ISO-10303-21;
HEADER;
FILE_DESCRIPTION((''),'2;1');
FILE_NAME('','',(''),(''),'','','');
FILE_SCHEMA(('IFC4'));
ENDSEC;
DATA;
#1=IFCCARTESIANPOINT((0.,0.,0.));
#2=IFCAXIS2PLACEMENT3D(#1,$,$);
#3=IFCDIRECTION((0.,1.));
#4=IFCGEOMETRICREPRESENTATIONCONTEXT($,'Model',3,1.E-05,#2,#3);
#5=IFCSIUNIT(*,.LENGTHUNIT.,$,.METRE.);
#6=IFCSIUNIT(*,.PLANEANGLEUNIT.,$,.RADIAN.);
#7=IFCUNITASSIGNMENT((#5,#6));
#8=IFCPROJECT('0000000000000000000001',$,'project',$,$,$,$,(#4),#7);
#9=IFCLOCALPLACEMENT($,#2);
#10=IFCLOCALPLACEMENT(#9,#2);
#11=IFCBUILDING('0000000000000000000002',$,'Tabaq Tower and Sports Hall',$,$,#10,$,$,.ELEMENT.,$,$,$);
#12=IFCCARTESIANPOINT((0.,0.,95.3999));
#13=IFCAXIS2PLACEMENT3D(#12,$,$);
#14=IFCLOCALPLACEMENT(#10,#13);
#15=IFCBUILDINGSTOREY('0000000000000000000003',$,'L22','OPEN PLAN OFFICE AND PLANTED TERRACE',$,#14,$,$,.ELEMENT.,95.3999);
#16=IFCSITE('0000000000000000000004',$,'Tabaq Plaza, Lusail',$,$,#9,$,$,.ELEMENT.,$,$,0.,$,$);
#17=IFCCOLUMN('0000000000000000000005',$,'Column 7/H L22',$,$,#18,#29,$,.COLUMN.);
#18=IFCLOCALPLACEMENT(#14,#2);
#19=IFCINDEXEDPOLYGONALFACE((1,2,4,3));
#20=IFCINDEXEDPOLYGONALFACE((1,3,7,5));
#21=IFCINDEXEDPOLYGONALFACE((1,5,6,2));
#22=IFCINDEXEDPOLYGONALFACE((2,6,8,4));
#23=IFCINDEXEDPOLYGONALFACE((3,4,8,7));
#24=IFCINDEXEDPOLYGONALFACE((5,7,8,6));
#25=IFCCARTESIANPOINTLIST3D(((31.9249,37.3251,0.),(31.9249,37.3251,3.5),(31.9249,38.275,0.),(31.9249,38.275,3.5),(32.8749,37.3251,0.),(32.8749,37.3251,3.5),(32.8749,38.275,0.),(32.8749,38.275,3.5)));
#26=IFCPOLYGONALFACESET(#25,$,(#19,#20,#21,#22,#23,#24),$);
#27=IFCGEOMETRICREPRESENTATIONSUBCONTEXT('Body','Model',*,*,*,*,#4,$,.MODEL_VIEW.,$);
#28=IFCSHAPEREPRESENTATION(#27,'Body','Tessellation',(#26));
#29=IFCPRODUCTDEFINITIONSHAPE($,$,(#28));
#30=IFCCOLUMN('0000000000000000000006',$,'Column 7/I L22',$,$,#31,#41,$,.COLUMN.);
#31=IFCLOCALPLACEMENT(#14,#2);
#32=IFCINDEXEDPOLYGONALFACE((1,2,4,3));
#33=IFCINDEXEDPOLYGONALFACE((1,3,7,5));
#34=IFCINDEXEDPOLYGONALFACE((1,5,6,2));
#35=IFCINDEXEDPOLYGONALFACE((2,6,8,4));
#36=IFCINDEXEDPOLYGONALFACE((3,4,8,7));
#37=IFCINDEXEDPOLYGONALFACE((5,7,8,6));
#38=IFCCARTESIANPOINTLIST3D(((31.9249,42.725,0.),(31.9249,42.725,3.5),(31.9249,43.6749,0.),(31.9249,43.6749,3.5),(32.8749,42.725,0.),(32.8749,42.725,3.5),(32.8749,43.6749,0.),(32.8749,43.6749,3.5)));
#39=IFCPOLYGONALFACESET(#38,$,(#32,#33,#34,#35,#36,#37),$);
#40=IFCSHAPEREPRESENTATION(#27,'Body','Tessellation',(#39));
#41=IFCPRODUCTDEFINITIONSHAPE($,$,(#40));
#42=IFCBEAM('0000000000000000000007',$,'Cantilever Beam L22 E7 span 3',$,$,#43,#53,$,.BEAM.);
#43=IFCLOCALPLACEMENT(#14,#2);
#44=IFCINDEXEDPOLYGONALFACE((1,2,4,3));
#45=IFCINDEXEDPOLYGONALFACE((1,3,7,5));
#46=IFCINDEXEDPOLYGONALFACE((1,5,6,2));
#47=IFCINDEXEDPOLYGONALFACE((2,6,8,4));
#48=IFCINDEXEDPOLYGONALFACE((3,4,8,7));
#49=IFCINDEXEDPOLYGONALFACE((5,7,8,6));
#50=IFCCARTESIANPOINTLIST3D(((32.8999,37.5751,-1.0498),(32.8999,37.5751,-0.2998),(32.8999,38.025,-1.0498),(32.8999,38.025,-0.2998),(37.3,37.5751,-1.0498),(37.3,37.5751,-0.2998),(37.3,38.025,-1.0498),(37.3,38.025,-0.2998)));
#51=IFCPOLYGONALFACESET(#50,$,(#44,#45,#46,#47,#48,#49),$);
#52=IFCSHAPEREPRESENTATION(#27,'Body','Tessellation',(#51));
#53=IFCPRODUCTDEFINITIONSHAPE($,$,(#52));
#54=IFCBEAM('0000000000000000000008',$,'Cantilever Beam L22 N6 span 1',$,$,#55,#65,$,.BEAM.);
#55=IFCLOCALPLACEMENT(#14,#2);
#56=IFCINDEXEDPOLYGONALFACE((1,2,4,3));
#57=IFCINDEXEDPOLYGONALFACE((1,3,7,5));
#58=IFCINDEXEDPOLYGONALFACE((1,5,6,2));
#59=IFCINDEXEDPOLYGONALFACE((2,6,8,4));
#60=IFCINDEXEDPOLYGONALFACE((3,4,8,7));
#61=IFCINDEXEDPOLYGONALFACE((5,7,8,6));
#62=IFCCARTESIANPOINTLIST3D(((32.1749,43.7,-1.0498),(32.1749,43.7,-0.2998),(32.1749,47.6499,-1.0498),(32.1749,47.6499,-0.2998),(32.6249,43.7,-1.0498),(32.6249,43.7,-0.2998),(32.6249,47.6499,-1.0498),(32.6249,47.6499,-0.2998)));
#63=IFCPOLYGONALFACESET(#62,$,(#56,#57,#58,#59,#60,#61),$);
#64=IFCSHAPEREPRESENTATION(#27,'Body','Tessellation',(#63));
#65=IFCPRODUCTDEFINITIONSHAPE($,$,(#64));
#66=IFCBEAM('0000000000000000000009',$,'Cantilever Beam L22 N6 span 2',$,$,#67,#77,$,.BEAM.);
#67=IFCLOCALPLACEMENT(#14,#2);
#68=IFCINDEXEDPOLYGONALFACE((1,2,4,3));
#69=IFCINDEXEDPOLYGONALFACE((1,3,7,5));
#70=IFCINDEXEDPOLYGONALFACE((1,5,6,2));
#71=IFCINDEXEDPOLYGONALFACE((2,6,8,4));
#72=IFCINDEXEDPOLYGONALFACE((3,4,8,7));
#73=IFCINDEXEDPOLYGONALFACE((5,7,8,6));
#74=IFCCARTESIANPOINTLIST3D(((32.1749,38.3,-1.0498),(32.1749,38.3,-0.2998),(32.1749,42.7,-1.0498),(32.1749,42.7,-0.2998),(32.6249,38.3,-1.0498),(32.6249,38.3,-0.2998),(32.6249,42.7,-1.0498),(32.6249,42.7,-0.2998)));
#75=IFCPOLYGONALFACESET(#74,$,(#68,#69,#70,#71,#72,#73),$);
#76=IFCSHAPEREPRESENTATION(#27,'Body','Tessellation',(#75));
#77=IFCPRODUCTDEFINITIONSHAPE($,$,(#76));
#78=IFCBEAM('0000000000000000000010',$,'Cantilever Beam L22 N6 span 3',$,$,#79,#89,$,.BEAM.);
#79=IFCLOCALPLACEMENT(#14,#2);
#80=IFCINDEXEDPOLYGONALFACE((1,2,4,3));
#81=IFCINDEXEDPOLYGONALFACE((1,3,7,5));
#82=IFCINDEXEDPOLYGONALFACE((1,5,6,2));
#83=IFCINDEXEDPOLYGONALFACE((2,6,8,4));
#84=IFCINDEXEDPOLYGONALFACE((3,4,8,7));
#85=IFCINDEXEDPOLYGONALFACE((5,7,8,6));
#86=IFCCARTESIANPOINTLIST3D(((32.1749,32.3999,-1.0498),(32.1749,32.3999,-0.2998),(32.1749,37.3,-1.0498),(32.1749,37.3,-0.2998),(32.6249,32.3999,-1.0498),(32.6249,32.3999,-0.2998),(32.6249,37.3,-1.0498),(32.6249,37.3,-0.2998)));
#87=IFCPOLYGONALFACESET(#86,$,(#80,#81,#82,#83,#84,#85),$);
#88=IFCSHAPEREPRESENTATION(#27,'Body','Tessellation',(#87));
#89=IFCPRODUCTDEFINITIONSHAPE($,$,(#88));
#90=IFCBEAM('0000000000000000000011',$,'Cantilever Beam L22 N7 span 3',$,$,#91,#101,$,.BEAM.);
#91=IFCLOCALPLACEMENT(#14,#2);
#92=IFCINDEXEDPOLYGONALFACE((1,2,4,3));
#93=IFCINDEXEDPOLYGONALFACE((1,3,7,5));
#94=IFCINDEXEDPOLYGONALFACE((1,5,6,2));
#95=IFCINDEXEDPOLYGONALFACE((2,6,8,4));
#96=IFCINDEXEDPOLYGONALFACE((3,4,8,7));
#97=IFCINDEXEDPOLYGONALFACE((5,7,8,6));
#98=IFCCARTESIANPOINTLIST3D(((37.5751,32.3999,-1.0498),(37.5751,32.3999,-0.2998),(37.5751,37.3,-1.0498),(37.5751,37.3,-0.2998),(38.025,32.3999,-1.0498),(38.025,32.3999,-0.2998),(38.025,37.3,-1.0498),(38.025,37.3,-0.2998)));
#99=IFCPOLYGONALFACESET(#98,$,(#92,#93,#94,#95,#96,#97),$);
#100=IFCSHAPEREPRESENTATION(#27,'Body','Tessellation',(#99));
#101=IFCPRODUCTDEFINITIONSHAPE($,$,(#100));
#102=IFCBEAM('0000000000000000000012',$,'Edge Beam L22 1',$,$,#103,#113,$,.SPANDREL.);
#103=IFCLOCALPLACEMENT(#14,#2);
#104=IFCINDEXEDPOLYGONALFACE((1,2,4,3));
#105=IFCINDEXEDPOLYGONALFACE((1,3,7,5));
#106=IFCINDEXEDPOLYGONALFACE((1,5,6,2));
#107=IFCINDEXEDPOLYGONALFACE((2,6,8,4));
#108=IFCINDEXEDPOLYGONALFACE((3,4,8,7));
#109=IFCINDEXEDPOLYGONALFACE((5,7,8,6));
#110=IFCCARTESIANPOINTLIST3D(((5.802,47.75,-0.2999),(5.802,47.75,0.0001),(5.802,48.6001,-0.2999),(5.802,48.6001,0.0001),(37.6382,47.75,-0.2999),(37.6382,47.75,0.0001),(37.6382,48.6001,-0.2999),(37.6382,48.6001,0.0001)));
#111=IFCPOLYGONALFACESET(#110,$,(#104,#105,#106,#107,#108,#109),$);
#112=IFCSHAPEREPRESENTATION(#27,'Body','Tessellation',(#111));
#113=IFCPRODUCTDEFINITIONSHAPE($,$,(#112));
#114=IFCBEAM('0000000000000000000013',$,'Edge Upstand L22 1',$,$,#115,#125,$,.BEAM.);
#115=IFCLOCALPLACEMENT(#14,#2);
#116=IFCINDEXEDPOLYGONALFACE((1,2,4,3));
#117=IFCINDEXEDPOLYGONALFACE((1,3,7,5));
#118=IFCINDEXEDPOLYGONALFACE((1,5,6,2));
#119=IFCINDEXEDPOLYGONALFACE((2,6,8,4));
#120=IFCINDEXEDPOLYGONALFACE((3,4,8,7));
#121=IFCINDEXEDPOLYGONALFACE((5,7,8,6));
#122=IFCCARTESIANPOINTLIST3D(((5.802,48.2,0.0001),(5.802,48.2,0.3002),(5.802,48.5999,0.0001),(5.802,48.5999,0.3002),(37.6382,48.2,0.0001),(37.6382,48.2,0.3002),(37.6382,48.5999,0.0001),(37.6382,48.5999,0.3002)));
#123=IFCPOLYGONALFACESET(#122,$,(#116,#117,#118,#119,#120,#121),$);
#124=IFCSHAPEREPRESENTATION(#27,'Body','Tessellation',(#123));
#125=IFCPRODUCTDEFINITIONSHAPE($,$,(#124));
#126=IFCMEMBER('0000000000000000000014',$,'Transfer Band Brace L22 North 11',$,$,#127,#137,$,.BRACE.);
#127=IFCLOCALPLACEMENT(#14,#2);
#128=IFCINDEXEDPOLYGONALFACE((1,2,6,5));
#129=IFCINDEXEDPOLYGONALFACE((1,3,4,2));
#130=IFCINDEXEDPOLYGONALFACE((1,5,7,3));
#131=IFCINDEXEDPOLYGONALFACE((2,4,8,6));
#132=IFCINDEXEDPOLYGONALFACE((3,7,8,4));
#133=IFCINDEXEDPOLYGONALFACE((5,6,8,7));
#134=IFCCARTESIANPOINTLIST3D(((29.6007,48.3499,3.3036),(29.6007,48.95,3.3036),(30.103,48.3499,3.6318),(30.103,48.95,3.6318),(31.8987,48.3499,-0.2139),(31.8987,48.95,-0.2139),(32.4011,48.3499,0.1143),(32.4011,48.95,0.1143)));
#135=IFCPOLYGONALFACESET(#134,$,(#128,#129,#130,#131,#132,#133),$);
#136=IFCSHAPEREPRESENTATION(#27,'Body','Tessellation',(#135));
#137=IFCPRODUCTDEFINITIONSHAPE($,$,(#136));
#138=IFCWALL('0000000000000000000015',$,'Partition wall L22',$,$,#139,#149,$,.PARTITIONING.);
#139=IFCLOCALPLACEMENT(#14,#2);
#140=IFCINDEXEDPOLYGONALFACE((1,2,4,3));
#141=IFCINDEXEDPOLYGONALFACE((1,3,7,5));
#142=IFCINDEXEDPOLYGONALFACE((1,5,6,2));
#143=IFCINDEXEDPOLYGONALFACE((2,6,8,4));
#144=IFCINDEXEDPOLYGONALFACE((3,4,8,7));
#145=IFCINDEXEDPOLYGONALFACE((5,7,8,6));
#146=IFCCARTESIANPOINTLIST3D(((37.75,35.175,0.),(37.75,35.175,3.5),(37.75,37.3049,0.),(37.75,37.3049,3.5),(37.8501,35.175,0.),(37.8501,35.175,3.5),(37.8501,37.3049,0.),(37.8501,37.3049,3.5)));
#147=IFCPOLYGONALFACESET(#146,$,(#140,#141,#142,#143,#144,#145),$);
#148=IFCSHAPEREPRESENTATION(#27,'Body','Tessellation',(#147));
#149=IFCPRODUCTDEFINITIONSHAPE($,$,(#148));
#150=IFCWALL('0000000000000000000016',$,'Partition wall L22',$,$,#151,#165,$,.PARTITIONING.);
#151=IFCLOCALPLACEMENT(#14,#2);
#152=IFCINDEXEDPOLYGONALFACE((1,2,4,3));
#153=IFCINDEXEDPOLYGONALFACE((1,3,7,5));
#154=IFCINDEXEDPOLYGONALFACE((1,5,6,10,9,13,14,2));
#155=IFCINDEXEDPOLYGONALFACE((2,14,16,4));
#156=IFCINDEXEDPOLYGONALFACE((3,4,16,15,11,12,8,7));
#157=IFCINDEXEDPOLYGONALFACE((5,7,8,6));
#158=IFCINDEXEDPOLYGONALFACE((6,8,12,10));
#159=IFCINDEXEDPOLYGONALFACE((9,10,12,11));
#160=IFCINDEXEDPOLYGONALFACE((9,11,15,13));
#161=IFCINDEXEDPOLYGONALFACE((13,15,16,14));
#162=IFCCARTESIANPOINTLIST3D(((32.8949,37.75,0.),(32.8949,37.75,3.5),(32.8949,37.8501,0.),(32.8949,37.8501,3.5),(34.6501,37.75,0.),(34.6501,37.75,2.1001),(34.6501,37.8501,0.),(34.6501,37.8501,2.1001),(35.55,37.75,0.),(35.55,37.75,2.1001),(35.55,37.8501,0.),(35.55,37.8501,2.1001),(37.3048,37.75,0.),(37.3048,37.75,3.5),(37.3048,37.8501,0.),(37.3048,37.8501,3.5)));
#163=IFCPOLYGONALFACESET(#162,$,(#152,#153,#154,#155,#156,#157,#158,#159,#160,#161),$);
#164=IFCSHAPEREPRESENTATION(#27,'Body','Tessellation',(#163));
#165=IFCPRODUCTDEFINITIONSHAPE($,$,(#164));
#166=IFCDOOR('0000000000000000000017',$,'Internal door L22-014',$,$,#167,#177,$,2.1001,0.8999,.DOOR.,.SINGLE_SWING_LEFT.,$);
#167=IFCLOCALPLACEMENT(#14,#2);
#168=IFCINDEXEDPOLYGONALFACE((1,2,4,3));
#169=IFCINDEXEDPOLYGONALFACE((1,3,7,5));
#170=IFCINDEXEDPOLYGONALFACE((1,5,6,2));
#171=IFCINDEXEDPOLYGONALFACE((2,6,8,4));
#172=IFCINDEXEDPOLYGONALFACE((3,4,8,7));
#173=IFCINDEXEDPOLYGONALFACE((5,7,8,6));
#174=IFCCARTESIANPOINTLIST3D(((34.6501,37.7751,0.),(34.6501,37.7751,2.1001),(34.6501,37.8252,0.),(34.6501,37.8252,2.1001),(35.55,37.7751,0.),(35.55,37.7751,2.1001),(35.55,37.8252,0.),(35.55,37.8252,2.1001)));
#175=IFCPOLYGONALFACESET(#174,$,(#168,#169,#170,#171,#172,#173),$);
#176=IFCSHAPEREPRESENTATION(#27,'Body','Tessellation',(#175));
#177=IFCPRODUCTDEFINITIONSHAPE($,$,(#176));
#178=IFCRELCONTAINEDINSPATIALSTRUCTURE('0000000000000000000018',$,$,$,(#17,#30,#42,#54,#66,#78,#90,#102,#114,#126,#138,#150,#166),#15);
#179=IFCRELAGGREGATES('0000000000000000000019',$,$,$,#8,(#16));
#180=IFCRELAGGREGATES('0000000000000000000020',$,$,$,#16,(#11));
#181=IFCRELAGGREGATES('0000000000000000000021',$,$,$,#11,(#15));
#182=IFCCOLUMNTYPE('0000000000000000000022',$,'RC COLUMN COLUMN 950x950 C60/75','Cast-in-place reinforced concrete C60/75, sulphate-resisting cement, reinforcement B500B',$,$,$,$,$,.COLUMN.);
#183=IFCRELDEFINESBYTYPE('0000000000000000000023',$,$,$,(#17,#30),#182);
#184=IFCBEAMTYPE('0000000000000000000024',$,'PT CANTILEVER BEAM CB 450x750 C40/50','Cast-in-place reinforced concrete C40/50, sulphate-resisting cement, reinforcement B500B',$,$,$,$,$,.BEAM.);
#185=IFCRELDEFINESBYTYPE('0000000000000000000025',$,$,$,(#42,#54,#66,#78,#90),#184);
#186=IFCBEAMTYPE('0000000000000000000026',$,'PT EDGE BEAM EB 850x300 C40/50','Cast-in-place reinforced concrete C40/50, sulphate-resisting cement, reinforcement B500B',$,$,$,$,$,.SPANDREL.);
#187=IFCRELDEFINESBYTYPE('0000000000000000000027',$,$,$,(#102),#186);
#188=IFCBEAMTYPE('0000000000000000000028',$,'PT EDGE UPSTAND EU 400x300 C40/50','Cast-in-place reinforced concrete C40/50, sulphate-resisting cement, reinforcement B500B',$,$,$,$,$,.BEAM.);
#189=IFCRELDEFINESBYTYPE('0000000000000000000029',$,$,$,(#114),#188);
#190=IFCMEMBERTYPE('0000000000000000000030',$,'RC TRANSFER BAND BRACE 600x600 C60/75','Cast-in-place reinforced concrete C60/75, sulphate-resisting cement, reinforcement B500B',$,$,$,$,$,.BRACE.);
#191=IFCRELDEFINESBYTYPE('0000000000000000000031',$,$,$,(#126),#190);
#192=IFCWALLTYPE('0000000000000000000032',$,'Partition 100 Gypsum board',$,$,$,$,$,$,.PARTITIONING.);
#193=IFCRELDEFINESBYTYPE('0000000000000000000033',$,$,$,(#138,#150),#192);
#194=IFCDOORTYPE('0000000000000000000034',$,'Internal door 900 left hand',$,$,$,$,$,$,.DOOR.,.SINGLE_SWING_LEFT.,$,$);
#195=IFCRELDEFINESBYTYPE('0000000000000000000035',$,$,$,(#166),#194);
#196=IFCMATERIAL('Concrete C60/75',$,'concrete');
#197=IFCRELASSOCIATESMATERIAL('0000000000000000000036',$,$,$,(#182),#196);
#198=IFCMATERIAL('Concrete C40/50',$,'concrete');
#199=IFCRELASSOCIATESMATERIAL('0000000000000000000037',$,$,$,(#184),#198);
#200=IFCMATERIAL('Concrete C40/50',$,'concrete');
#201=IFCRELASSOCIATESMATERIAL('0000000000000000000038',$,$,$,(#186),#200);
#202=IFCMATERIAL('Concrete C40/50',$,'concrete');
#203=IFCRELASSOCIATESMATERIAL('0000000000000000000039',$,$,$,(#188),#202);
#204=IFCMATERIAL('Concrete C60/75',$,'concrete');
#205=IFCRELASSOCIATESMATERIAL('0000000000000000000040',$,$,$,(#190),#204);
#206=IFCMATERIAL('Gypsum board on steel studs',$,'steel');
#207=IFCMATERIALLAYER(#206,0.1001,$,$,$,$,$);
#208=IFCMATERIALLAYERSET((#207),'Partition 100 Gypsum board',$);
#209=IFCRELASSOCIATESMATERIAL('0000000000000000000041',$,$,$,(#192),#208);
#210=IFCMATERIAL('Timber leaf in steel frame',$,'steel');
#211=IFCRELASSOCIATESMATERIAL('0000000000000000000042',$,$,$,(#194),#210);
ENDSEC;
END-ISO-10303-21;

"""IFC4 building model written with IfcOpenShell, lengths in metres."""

from ifc_helpers import new_model, si_unit, direction, frame, frame_2d, origin, origin_2d, place, context, subcontext, project, spatial, rectangle, extrude, material, layer, layer_set, material_profile, profile_set, type_object, element, fill, save


model = new_model("IFC4")

# Units and contexts
model_context = context("Model", 3, precision=1e-05, world=origin(), true_north=direction((0.0, 1.0)))
body_context = subcontext(model_context, "Body", "Model", "MODEL_VIEW")
ifc_project = project(units=[si_unit("LENGTHUNIT", "METRE"), si_unit("PLANEANGLEUNIT", "RADIAN")], contexts=[model_context])

# Site, building, storey
site_placement = place(None, origin())
site = spatial("IfcSite", under=ifc_project, at=site_placement, Name="Tabaq Plaza, Lusail", CompositionType="ELEMENT", RefElevation=0.0)
building_placement = place(site_placement, origin())
building = spatial("IfcBuilding", under=site, at=building_placement, Name="Tabaq Tower and Sports Hall", CompositionType="ELEMENT")
storey_placement = place(building_placement, frame((0.0, 0.0, 95.3999)))
storey = spatial("IfcBuildingStorey", under=building, at=storey_placement, Name="L22", Description="OPEN PLAN OFFICE AND PLANTED TERRACE", CompositionType="ELEMENT", Elevation=95.3999)

# Columns
ifc_material_1 = material(Name="Concrete C60/75", Category="concrete")
ifc_material_profile_1 = material_profile(ifc_material_1, rectangle(XDim=0.95, YDim=0.95, at=origin_2d()), Name="COLUMN 950x950")
ifc_profile_set_1 = profile_set([ifc_material_profile_1], Name="Concrete C60/75")
column_type = type_object("IfcColumnType", Name="RC COLUMN COLUMN 950x950 C60/75", Description="Cast-in-place reinforced concrete C60/75, sulphate-resisting cement, reinforcement B500B", PredefinedType="COLUMN", material=ifc_profile_set_1)
for number, where, z_axis, x_axis, name in (
    (1, (32.3999, 37.8, 0.0), (0.0, 0.0, 1.0), (1.0, 0.0, 0.0), "Column 7/H L22"),
    (2, (32.3999, 43.2, 0.0), (0.0, 0.0, 1.0), (1.0, 0.0, 0.0), "Column 7/I L22"),
):
    element("IfcColumn", number, at=place(storey_placement, frame(where, z_axis=z_axis, x_axis=x_axis)), inside=storey, type_object=column_type, Name=name, PredefinedType="COLUMN", context=body_context, shape_type="SweptSolid", body=[
        extrude(rectangle(XDim=0.95, YDim=0.95, at=origin_2d()), origin(), (0.0, 0.0, 1.0), 3.5),
    ])

# Beams
ifc_material_2 = material(Name="Concrete C40/50", Category="concrete")
ifc_material_profile_2 = material_profile(ifc_material_2, rectangle(XDim=0.45, YDim=0.75, at=origin_2d()), Name="CB 450x750")
ifc_profile_set_2 = profile_set([ifc_material_profile_2], Name="Concrete C40/50")
beam_type_1 = type_object("IfcBeamType", Name="PT CANTILEVER BEAM CB 450x750 C40/50", Description="Cast-in-place reinforced concrete C40/50, sulphate-resisting cement, reinforcement B500B", PredefinedType="BEAM", material=ifc_profile_set_2)
beam_1_placement = place(storey_placement, frame((37.3, 37.8, -0.6748), z_axis=(-1.0, 0.0, 0.0), x_axis=(0.0, -1.0, 0.0)))
element("IfcBeam", 3, at=beam_1_placement, inside=storey, type_object=beam_type_1, Name="Cantilever Beam L22 E7 span 3", PredefinedType="BEAM", context=body_context, shape_type="SweptSolid", body=[
    extrude(rectangle(XDim=0.45, YDim=0.75, at=origin_2d()), origin(), (0.0, 0.0, 1.0), 4.4001),
])
beam_2_placement = place(storey_placement, frame((32.3999, 47.6499, -0.6748), z_axis=(0.0, -1.0, 0.0), x_axis=(1.0, 0.0, 0.0)))
element("IfcBeam", 4, at=beam_2_placement, inside=storey, type_object=beam_type_1, Name="Cantilever Beam L22 N6 span 1", PredefinedType="BEAM", context=body_context, shape_type="SweptSolid", body=[
    extrude(rectangle(XDim=0.45, YDim=0.75, at=origin_2d()), origin(), (0.0, 0.0, 1.0), 3.95),
])
beam_3_placement = place(storey_placement, frame((32.3999, 42.7, -0.6748), z_axis=(0.0, -1.0, 0.0), x_axis=(1.0, 0.0, 0.0)))
element("IfcBeam", 5, at=beam_3_placement, inside=storey, type_object=beam_type_1, Name="Cantilever Beam L22 N6 span 2", PredefinedType="BEAM", context=body_context, shape_type="SweptSolid", body=[
    extrude(rectangle(XDim=0.45, YDim=0.75, at=origin_2d()), origin(), (0.0, 0.0, 1.0), 4.3999),
])
for number, where, z_axis, x_axis, name in (
    (6, (32.3999, 37.3, -0.6748), (0.0, -1.0, 0.0), (1.0, 0.0, 0.0), "Cantilever Beam L22 N6 span 3"),
    (7, (37.8, 37.3, -0.6748), (0.0, -1.0, 0.0), (1.0, 0.0, 0.0), "Cantilever Beam L22 N7 span 3"),
):
    element("IfcBeam", number, at=place(storey_placement, frame(where, z_axis=z_axis, x_axis=x_axis)), inside=storey, type_object=beam_type_1, Name=name, PredefinedType="BEAM", context=body_context, shape_type="SweptSolid", body=[
        extrude(rectangle(XDim=0.45, YDim=0.75, at=origin_2d()), origin(), (0.0, 0.0, 1.0), 4.9001),
    ])
ifc_material_3 = material(Name="Concrete C40/50", Category="concrete")
ifc_material_profile_3 = material_profile(ifc_material_3, rectangle(XDim=0.8501, YDim=0.3, at=origin_2d()), Name="EB 850x300")
ifc_profile_set_3 = profile_set([ifc_material_profile_3], Name="Concrete C40/50")
beam_type_2 = type_object("IfcBeamType", Name="PT EDGE BEAM EB 850x300 C40/50", Description="Cast-in-place reinforced concrete C40/50, sulphate-resisting cement, reinforcement B500B", PredefinedType="SPANDREL", material=ifc_profile_set_3)
beam_4_placement = place(storey_placement, frame((37.6382, 48.175, -0.1499), z_axis=(-1.0, 0.0, 0.0), x_axis=(0.0, -1.0, 0.0)))
element("IfcBeam", 8, at=beam_4_placement, inside=storey, type_object=beam_type_2, Name="Edge Beam L22 1", PredefinedType="SPANDREL", context=body_context, shape_type="SweptSolid", body=[
    extrude(rectangle(XDim=0.8501, YDim=0.3, at=origin_2d()), origin(), (0.0, 0.0, 1.0), 31.8362),
])
ifc_material_4 = material(Name="Concrete C40/50", Category="concrete")
ifc_material_profile_4 = material_profile(ifc_material_4, rectangle(XDim=0.3999, YDim=0.3, at=origin_2d()), Name="EU 400x300")
ifc_profile_set_4 = profile_set([ifc_material_profile_4], Name="Concrete C40/50")
beam_type_3 = type_object("IfcBeamType", Name="PT EDGE UPSTAND EU 400x300 C40/50", Description="Cast-in-place reinforced concrete C40/50, sulphate-resisting cement, reinforcement B500B", PredefinedType="BEAM", material=ifc_profile_set_4)
beam_5_placement = place(storey_placement, frame((37.6382, 48.3999, 0.1501), z_axis=(-1.0, 0.0, 0.0), x_axis=(0.0, -1.0, 0.0)))
element("IfcBeam", 9, at=beam_5_placement, inside=storey, type_object=beam_type_3, Name="Edge Upstand L22 1", PredefinedType="BEAM", context=body_context, shape_type="SweptSolid", body=[
    extrude(rectangle(XDim=0.3999, YDim=0.3, at=origin_2d()), origin(), (0.0, 0.0, 1.0), 31.8362),
])

# Member
ifc_material_5 = material(Name="Concrete C60/75", Category="concrete")
ifc_material_profile_5 = material_profile(ifc_material_5, rectangle(XDim=0.6001, YDim=0.6001, at=origin_2d()), Name="TRANSFER BAND BRACE 600x600")
ifc_profile_set_5 = profile_set([ifc_material_profile_5], Name="Concrete C60/75")
member_type = type_object("IfcMemberType", Name="RC TRANSFER BAND BRACE 600x600 C60/75", Description="Cast-in-place reinforced concrete C60/75, sulphate-resisting cement, reinforcement B500B", PredefinedType="BRACE", material=ifc_profile_set_5)
member_placement = place(storey_placement, frame((32.1499, 48.6499, -0.0498), z_axis=(-0.546939, 0.0, 0.837172), x_axis=(0.0, -1.0, 0.0)))
element("IfcMember", 10, at=member_placement, inside=storey, type_object=member_type, Name="Transfer Band Brace L22 North 11", PredefinedType="BRACE", context=body_context, shape_type="SweptSolid", body=[
    extrude(rectangle(XDim=0.6001, YDim=0.6001, at=origin_2d()), origin(), (0.0, 0.0, 1.0), 4.2017),
])

# Wall
ifc_material_6 = material(Name="Gypsum board on steel studs", Category="steel")
ifc_layer_1 = layer(ifc_material_6, 0.1001)
ifc_layer_set_1 = layer_set([ifc_layer_1], Name="Partition 100 Gypsum board")
wall_type_1 = type_object("IfcWallType", Name="Partition 100 Gypsum board", PredefinedType="PARTITIONING", material=ifc_layer_set_1)
wall_1_placement = place(storey_placement, frame((37.8, 35.175, 0.0), z_axis=(0.0, 0.0, 1.0), x_axis=(0.0, 1.0, 0.0)))
element("IfcWall", 11, at=wall_1_placement, inside=storey, type_object=wall_type_1, Name="Partition wall L22", PredefinedType="PARTITIONING", context=body_context, shape_type="SweptSolid", body=[
    extrude(rectangle(XDim=2.1299, YDim=0.1001, at=frame_2d((1.0649, 0.0))), origin(), (0.0, 0.0, 1.0), 3.5),
])

# Wall, opening, door
wall_2_placement = place(storey_placement, frame((37.3049, 37.8, 0.0), z_axis=(0.0, 0.0, 1.0), x_axis=(-1.0, 0.0, 0.0)))
wall_2 = element("IfcWall", 12, at=wall_2_placement, inside=storey, type_object=wall_type_1, Name="Partition wall L22", PredefinedType="PARTITIONING", context=body_context, shape_type="SweptSolid", body=[
    extrude(rectangle(XDim=4.4099, YDim=0.1001, at=frame_2d((2.2051, 0.0))), origin(), (0.0, 0.0, 1.0), 3.5),
])
opening_1_placement = place(wall_2_placement, frame((1.7549, 0.0, 0.0)))
opening_1 = element("IfcOpeningElement", 13, at=opening_1_placement, cuts=wall_2, PredefinedType="OPENING", context=body_context, shape_type="SweptSolid", body=[
    extrude(rectangle(XDim=0.8999, YDim=2.1001, at=frame_2d((0.45, 1.05))), frame((0.0, 0.05, 0.0), z_axis=(0.0, -1.0, 0.0), x_axis=(1.0, 0.0, 0.0)), (0.0, 0.0, 1.0), 0.1001),
])
ifc_material_7 = material(Name="Timber leaf in steel frame", Category="steel")
door_type = type_object("IfcDoorType", Name="Internal door 900 left hand", OperationType="SINGLE_SWING_LEFT", PredefinedType="DOOR", material=ifc_material_7)
door_1_placement = place(opening_1_placement, origin())
door_1 = element("IfcDoor", 14, at=door_1_placement, inside=storey, type_object=door_type, Name="Internal door L22-014", OperationType="SINGLE_SWING_LEFT", OverallHeight=2.1001, OverallWidth=0.8999, PredefinedType="DOOR", context=body_context, shape_type="SweptSolid", body=[
    extrude(rectangle(XDim=0.8999, YDim=2.1001, at=frame_2d((0.45, 1.05))), frame((0.0, 0.0249, 0.0), z_axis=(0.0, -1.0, 0.0), x_axis=(1.0, 0.0, 0.0)), (0.0, 0.0, 1.0), 0.05),
])
fill(opening_1, door_1)

save(model, "model.ifc")
